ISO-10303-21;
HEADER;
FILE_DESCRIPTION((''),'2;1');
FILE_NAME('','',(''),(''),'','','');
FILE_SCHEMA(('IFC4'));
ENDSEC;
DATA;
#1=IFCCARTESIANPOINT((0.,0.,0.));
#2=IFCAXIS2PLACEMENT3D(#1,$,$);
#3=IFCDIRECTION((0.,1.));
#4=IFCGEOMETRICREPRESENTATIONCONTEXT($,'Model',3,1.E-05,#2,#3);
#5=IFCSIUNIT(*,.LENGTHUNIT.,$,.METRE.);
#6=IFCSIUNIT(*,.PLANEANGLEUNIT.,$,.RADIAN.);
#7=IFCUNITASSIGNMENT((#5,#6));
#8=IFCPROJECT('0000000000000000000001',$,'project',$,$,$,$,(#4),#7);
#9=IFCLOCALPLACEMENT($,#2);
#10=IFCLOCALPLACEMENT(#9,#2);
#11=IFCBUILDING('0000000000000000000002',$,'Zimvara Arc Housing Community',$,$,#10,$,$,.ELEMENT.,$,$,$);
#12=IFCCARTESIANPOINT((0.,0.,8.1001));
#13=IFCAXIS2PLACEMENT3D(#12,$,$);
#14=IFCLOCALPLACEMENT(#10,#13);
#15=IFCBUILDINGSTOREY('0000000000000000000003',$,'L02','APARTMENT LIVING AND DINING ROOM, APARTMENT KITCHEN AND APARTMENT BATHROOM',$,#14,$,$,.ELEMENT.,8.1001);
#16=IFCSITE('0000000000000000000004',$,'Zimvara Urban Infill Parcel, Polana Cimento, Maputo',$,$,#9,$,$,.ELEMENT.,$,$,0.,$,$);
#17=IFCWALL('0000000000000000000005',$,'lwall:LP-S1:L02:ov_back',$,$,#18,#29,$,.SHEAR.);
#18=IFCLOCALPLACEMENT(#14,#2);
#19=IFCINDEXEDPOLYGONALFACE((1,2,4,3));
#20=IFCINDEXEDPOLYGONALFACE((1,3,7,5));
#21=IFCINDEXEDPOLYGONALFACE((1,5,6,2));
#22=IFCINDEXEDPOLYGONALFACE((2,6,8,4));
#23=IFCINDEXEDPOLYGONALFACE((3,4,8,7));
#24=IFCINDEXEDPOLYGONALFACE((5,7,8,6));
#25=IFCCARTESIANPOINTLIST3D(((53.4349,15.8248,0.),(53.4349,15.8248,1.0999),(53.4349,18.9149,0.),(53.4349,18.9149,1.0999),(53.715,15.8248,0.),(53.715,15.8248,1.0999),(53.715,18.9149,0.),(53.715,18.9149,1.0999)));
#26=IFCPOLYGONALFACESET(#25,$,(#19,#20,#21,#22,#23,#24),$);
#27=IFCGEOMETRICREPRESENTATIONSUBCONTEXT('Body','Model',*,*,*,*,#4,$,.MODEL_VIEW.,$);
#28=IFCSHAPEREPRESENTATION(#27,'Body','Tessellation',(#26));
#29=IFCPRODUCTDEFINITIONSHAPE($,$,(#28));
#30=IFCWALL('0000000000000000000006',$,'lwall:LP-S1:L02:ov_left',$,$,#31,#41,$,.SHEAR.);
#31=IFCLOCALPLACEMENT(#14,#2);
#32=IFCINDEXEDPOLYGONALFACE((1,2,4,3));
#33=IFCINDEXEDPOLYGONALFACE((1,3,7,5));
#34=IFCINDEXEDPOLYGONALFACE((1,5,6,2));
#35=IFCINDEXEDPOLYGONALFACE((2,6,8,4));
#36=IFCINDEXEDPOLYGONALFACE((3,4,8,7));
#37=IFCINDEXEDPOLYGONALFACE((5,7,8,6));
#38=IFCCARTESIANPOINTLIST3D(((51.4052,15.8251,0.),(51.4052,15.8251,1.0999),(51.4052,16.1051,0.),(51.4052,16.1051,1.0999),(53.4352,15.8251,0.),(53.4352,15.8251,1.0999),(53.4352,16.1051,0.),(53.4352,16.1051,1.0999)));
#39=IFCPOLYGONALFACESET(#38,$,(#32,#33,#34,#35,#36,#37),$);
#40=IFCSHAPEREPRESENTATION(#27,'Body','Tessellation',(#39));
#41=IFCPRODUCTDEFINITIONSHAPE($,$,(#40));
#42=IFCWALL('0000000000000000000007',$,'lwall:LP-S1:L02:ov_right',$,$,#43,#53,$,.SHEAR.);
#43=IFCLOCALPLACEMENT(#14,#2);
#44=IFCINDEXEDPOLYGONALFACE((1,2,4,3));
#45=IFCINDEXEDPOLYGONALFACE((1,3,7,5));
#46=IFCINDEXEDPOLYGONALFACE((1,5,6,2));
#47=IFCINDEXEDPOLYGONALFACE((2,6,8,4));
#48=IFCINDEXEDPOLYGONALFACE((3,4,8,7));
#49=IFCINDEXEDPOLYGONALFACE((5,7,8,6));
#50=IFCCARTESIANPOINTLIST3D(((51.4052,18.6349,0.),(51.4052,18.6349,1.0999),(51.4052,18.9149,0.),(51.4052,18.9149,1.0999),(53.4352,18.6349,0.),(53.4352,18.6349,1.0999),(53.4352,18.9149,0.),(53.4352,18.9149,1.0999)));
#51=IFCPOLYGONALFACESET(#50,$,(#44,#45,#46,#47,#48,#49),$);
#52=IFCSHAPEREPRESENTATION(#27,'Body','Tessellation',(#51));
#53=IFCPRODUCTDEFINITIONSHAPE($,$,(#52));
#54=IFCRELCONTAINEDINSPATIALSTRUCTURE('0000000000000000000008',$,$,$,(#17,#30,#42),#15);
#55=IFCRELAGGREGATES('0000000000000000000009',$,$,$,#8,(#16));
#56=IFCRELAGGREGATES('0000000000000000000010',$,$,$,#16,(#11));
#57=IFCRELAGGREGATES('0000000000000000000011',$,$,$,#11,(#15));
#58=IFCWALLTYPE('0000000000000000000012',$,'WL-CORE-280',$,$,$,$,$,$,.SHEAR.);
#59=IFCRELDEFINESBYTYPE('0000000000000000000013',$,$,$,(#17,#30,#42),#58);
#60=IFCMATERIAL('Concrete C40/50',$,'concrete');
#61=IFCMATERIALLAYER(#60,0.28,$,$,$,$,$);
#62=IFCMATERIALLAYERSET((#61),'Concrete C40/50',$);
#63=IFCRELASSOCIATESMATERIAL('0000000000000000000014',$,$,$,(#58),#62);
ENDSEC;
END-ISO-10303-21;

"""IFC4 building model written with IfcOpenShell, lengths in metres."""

from ifc_helpers import new_model, si_unit, direction, frame, frame_2d, origin, place, context, subcontext, project, spatial, rectangle, extrude, material, layer, layer_set, type_object, element, save


model = new_model("IFC4")

# Units and contexts
model_context = context("Model", 3, precision=1e-05, world=origin(), true_north=direction((0.0, 1.0)))
body_context = subcontext(model_context, "Body", "Model", "MODEL_VIEW")
ifc_project = project(units=[si_unit("LENGTHUNIT", "METRE"), si_unit("PLANEANGLEUNIT", "RADIAN")], contexts=[model_context])

# Site, building, storey
site_placement = place(None, origin())
site = spatial("IfcSite", under=ifc_project, at=site_placement, Name="Zimvara Urban Infill Parcel, Polana Cimento, Maputo", CompositionType="ELEMENT", RefElevation=0.0)
building_placement = place(site_placement, origin())
building = spatial("IfcBuilding", under=site, at=building_placement, Name="Zimvara Arc Housing Community", CompositionType="ELEMENT")
storey_placement = place(building_placement, frame((0.0, 0.0, 8.1001)))
storey = spatial("IfcBuildingStorey", under=building, at=storey_placement, Name="L02", Description="APARTMENT LIVING AND DINING ROOM, APARTMENT KITCHEN AND APARTMENT BATHROOM", CompositionType="ELEMENT", Elevation=8.1001)

# Walls
ifc_material_1 = material(Name="Concrete C40/50", Category="concrete")
ifc_layer_1 = layer(ifc_material_1, 0.28)
ifc_layer_set_1 = layer_set([ifc_layer_1], Name="Concrete C40/50")
wall_type = type_object("IfcWallType", Name="WL-CORE-280", PredefinedType="SHEAR", material=ifc_layer_set_1)
for number, where, z_axis, x_axis, name in (
    (1, (53.575, 15.825, 0.0), (0.0, 0.0, 1.0), (0.0, 1.0, 0.0), "lwall:LP-S1:L02:ov_back"),
):
    element("IfcWall", number, at=place(storey_placement, frame(where, z_axis=z_axis, x_axis=x_axis)), inside=storey, type_object=wall_type, Name=name, PredefinedType="SHEAR", context=body_context, shape_type="SweptSolid", body=[
        extrude(rectangle(XDim=3.0901, YDim=0.28, at=frame_2d((1.5449, 0.0))), origin(), (0.0, 0.0, 1.0), 1.0999),
    ])
for number, where, z_axis, x_axis, name in (
    (2, (51.405, 15.9651, 0.0), (0.0, 0.0, 1.0), (1.0, 0.0, 0.0), "lwall:LP-S1:L02:ov_left"),
    (3, (51.405, 18.7749, 0.0), (0.0, 0.0, 1.0), (1.0, 0.0, 0.0), "lwall:LP-S1:L02:ov_right"),
):
    element("IfcWall", number, at=place(storey_placement, frame(where, z_axis=z_axis, x_axis=x_axis)), inside=storey, type_object=wall_type, Name=name, PredefinedType="SHEAR", context=body_context, shape_type="SweptSolid", body=[
        extrude(rectangle(XDim=2.03, YDim=0.28, at=frame_2d((1.0151, 0.0))), origin(), (0.0, 0.0, 1.0), 1.0999),
    ])

save(model, "model.ifc")
